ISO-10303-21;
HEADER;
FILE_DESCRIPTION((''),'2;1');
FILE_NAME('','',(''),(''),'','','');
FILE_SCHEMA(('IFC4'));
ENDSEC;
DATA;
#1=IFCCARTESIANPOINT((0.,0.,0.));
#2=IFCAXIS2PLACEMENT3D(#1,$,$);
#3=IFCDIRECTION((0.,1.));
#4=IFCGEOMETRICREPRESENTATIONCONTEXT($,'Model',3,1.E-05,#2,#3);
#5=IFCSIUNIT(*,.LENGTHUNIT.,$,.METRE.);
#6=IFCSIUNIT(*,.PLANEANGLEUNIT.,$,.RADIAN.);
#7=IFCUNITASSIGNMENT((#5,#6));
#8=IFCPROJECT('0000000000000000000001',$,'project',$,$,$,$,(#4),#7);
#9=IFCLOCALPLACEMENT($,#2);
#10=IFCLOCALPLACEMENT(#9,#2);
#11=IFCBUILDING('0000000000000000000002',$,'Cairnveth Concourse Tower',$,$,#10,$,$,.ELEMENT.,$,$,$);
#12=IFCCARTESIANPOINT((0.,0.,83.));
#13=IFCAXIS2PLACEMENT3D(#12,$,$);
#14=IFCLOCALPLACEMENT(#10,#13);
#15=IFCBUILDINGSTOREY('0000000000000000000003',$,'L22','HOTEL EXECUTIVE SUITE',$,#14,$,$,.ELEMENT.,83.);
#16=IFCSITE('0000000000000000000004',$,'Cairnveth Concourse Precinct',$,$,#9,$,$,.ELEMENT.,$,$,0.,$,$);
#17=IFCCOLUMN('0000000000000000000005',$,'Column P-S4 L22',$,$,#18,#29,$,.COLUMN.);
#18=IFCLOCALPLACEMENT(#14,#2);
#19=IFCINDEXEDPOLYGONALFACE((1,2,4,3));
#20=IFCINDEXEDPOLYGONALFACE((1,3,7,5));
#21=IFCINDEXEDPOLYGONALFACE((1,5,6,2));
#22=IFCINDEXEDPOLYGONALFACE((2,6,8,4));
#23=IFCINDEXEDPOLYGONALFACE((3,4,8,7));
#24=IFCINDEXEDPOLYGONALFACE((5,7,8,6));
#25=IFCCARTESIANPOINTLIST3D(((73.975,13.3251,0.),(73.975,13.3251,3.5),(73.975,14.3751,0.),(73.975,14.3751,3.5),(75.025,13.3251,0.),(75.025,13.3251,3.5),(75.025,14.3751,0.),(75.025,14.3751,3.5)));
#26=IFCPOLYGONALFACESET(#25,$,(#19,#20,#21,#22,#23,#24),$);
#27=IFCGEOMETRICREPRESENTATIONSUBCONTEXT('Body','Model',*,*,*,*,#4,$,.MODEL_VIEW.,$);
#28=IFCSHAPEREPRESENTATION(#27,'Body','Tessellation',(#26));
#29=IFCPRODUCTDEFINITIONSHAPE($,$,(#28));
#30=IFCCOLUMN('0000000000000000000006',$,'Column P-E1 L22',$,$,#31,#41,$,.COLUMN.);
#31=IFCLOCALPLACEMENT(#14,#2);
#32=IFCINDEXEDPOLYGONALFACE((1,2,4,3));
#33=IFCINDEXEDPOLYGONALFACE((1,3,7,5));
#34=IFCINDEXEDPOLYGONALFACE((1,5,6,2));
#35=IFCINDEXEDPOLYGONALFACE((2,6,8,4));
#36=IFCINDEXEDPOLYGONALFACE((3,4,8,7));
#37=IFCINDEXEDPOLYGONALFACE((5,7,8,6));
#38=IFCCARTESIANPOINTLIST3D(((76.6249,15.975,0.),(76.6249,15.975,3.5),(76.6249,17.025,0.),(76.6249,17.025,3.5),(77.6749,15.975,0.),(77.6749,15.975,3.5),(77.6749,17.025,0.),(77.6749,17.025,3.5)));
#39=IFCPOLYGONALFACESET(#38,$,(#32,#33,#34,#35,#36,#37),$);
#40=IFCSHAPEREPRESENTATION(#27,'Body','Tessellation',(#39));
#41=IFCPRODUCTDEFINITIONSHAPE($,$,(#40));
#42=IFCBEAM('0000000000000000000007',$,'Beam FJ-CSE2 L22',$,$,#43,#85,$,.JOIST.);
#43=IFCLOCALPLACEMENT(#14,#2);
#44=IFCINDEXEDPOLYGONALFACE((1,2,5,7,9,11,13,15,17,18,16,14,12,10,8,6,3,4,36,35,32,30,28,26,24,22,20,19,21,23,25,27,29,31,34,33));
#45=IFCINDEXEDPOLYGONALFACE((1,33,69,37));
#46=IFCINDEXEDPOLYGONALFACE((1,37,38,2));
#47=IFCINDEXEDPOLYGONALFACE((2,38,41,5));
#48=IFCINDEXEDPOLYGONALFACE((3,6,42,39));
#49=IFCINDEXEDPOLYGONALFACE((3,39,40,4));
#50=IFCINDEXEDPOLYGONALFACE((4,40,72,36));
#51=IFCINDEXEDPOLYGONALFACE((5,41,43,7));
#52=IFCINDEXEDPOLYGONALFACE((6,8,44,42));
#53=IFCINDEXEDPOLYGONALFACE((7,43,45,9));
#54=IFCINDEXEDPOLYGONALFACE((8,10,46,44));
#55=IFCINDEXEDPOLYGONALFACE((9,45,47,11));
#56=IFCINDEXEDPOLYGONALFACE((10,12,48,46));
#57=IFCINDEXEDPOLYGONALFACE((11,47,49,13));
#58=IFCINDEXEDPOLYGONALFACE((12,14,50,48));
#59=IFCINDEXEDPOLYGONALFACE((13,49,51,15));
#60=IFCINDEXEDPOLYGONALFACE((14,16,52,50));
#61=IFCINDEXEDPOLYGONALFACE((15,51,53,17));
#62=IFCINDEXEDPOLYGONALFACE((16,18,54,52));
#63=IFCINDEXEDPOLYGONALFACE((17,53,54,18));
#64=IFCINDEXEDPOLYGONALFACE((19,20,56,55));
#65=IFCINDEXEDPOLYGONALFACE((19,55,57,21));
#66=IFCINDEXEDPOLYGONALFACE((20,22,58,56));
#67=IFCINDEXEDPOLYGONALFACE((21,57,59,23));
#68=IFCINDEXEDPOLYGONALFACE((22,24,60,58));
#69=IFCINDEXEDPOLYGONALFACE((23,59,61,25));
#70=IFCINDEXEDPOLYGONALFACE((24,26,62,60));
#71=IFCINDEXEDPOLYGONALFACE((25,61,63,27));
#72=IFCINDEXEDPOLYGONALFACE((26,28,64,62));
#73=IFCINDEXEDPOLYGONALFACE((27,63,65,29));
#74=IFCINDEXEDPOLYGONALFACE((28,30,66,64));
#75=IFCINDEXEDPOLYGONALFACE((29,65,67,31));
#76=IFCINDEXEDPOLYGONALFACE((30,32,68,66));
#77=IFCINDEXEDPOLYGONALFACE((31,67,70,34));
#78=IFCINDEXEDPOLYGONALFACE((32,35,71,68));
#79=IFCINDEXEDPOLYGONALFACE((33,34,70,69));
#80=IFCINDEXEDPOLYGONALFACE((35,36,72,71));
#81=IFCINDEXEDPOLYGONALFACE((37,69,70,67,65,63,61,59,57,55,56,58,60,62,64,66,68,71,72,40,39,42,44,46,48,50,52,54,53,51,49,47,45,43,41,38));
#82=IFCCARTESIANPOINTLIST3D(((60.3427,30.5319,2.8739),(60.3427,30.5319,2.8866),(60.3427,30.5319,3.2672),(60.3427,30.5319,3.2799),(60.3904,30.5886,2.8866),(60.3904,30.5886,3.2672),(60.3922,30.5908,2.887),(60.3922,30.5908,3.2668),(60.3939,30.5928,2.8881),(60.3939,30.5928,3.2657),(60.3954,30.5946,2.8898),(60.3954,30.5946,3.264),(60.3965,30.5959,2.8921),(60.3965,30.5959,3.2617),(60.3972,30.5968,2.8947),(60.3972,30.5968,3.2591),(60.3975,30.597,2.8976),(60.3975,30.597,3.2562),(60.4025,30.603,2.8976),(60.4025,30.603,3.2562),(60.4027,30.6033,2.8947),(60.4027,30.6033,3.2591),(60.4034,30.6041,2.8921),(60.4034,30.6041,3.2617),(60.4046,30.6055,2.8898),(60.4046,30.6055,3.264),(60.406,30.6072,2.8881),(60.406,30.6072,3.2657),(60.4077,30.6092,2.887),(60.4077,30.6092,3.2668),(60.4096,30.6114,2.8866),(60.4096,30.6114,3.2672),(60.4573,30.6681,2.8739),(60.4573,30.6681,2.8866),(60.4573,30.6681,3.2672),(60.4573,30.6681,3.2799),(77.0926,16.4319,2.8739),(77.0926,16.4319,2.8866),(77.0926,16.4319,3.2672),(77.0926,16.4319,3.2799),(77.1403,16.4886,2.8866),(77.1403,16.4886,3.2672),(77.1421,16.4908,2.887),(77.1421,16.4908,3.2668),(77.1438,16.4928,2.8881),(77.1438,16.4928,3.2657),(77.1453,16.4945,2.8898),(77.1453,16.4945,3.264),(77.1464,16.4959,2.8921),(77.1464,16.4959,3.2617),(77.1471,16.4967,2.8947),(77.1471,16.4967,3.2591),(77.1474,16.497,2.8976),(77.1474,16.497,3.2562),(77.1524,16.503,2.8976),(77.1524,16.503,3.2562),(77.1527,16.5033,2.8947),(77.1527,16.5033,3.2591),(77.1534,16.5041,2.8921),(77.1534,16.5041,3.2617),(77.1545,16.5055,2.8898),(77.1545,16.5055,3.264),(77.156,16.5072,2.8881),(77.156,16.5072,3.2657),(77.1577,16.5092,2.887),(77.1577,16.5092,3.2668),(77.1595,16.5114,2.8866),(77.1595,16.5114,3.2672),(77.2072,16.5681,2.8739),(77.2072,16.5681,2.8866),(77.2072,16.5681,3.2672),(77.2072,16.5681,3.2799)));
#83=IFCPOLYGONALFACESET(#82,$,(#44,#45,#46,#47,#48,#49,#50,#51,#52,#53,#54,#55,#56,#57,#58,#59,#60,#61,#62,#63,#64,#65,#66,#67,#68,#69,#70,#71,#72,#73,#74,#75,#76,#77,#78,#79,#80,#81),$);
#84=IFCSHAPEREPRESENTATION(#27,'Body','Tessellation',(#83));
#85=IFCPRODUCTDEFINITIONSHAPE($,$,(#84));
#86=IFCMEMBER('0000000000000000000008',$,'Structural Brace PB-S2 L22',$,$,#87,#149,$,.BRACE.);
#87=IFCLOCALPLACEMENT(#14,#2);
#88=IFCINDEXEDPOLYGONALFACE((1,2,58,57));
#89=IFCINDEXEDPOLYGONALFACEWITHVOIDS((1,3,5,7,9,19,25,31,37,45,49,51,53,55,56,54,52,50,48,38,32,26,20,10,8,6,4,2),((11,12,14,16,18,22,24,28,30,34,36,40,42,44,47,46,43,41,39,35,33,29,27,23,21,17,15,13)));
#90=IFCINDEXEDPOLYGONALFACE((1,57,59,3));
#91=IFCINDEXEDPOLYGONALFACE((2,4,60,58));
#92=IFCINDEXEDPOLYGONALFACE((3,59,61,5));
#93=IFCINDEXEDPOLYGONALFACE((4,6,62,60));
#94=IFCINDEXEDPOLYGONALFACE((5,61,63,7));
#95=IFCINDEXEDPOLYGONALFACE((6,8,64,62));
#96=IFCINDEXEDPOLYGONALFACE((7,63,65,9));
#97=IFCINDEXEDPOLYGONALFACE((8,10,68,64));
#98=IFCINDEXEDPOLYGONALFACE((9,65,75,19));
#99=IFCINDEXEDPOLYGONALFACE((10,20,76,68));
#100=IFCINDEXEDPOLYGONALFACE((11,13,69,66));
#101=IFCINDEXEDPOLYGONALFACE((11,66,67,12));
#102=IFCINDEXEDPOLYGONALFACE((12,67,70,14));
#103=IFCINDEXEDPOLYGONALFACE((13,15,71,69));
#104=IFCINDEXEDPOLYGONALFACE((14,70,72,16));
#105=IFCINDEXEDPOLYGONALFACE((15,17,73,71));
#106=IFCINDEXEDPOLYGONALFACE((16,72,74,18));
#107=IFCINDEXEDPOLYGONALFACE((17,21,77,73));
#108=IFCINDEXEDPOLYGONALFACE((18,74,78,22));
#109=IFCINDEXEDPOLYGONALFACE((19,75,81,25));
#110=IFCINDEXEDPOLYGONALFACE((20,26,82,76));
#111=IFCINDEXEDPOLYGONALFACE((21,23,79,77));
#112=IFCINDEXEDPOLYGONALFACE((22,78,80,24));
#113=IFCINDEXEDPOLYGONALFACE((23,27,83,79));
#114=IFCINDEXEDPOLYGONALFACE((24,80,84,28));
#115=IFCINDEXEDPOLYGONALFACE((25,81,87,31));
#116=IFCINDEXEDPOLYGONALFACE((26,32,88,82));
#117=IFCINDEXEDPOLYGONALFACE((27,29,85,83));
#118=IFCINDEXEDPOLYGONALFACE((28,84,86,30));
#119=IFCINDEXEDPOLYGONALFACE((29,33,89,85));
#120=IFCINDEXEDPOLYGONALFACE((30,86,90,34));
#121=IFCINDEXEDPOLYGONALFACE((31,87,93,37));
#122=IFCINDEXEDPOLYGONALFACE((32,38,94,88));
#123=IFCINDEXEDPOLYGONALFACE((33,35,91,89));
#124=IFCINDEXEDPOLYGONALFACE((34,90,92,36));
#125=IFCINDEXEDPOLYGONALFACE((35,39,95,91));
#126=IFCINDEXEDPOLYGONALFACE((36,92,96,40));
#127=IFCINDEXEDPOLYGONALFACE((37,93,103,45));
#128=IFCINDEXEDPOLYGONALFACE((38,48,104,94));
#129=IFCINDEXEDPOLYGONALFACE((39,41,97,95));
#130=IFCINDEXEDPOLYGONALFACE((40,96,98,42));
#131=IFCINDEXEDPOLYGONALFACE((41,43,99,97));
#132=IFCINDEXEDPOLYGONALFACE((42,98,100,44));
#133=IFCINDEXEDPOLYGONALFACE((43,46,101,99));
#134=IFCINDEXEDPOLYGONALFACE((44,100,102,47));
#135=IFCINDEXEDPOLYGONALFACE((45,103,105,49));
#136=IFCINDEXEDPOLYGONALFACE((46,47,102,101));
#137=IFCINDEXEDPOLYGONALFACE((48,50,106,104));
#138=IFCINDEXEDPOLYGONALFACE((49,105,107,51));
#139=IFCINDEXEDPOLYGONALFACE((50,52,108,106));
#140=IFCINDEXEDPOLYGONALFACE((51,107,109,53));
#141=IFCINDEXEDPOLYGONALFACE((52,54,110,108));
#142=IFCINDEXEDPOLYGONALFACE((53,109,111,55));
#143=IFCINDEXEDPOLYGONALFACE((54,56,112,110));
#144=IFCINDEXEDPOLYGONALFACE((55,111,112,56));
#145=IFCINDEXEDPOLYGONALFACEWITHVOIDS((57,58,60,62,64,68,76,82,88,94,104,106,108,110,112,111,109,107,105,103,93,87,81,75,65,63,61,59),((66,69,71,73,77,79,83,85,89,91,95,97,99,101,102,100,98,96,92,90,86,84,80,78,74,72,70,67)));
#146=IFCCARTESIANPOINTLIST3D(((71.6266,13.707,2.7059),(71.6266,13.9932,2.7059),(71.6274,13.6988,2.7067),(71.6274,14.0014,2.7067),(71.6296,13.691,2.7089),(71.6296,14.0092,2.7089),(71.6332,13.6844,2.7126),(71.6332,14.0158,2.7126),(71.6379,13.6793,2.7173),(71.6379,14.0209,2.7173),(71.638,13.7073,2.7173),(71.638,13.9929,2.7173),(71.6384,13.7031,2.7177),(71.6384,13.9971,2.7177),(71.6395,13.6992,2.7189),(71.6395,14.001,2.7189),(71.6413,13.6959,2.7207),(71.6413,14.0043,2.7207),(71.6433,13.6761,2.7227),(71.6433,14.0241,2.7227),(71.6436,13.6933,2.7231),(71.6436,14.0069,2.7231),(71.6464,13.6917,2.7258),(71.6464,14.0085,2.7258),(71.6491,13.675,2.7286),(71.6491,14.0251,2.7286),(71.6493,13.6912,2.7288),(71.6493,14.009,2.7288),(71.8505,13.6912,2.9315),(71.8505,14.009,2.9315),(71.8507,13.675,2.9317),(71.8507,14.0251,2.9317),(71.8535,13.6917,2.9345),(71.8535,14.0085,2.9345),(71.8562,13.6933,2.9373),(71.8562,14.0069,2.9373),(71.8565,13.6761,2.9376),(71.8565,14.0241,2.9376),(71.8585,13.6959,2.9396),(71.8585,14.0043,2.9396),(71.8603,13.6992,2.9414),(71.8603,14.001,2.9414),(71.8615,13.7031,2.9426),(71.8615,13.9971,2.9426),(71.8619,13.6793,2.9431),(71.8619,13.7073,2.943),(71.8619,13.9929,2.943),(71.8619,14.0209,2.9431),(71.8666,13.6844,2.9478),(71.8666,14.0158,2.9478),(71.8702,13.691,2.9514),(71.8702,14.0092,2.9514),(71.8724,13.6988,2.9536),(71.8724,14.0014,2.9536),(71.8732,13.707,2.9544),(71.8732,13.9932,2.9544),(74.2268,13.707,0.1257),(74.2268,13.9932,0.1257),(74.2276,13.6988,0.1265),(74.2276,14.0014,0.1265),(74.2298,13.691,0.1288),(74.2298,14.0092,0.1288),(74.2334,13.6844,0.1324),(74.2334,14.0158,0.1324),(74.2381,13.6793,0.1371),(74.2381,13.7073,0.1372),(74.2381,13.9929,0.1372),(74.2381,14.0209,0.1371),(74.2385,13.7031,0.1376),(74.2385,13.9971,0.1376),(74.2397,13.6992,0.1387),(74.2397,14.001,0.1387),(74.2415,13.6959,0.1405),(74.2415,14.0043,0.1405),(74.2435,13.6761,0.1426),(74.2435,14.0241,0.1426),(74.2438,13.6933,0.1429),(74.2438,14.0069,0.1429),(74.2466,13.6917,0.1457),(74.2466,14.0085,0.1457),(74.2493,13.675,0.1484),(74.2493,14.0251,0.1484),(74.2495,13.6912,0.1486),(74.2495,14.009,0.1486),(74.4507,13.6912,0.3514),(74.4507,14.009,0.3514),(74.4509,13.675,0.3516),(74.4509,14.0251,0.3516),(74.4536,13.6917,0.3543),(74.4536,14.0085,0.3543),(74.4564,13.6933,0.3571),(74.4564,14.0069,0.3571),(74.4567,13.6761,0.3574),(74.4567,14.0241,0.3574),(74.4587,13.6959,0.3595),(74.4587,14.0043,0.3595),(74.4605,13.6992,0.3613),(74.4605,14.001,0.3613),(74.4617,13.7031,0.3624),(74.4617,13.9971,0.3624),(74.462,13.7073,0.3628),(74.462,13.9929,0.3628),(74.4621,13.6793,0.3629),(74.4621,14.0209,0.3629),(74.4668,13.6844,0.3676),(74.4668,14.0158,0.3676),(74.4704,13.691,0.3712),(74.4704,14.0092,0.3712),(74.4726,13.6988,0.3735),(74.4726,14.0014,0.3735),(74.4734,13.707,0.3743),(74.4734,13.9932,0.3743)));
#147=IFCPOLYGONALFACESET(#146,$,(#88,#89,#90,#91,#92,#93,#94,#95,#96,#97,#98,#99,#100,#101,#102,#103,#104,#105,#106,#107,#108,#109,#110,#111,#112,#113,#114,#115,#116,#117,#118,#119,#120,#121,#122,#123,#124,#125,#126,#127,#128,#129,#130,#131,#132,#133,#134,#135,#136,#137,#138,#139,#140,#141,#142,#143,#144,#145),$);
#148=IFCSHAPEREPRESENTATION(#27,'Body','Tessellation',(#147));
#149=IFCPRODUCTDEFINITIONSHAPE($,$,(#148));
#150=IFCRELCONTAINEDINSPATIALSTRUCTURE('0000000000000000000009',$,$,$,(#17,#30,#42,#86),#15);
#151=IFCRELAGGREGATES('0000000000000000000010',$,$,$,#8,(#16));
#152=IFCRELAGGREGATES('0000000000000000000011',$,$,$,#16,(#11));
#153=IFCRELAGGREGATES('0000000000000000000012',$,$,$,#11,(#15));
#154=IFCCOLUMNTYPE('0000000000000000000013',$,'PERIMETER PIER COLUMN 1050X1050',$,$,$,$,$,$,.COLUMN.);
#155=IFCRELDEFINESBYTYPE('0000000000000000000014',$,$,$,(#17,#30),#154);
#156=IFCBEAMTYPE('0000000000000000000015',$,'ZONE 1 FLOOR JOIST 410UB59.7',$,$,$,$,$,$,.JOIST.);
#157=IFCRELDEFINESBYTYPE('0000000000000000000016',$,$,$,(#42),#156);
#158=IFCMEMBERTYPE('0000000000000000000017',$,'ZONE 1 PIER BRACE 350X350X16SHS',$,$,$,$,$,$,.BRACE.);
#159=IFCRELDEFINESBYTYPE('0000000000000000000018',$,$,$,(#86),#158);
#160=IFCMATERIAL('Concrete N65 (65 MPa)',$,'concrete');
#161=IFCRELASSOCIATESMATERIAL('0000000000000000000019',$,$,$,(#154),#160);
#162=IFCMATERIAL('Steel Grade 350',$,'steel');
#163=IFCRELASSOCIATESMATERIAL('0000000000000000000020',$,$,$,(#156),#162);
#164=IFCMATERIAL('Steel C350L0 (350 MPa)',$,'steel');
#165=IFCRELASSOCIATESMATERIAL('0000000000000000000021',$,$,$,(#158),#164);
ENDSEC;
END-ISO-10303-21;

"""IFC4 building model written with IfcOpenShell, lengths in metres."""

from ifc_helpers import new_model, si_unit, direction, frame, origin, origin_2d, place, context, subcontext, project, spatial, rectangle, hollow_rectangle, i_section, extrude, material, material_profile, profile_set, type_object, element, save


model = new_model("IFC4")

# Units and contexts
model_context = context("Model", 3, precision=1e-05, world=origin(), true_north=direction((0.0, 1.0)))
body_context = subcontext(model_context, "Body", "Model", "MODEL_VIEW")
ifc_project = project(units=[si_unit("LENGTHUNIT", "METRE"), si_unit("PLANEANGLEUNIT", "RADIAN")], contexts=[model_context])

# Site, building, storey
site_placement = place(None, origin())
site = spatial("IfcSite", under=ifc_project, at=site_placement, Name="Cairnveth Concourse Precinct", CompositionType="ELEMENT", RefElevation=0.0)
building_placement = place(site_placement, origin())
building = spatial("IfcBuilding", under=site, at=building_placement, Name="Cairnveth Concourse Tower", CompositionType="ELEMENT")
storey_placement = place(building_placement, frame((0.0, 0.0, 83.0)))
storey = spatial("IfcBuildingStorey", under=building, at=storey_placement, Name="L22", Description="HOTEL EXECUTIVE SUITE", CompositionType="ELEMENT", Elevation=83.0)

# Columns
ifc_material_1 = material(Name="Concrete N65 (65 MPa)", Category="concrete")
ifc_material_profile_1 = material_profile(ifc_material_1, rectangle(XDim=1.05, YDim=1.05, at=origin_2d()), Name="RC-COL-1050x1050")
ifc_profile_set_1 = profile_set([ifc_material_profile_1], Name="Concrete N65 (65 MPa)")
column_type = type_object("IfcColumnType", Name="PERIMETER PIER COLUMN 1050X1050", PredefinedType="COLUMN", material=ifc_profile_set_1)
for number, where, z_axis, x_axis, name in (
    (1, (74.5, 13.8501, 0.0), (0.0, 0.0, 1.0), (1.0, 0.0, 0.0), "Column P-S4 L22"),
    (2, (77.1499, 16.5, 0.0), (0.0, 0.0, 1.0), (0.0, 1.0, 0.0), "Column P-E1 L22"),
):
    element("IfcColumn", number, at=place(storey_placement, frame(where, z_axis=z_axis, x_axis=x_axis)), inside=storey, type_object=column_type, Name=name, PredefinedType="COLUMN", context=body_context, shape_type="SweptSolid", body=[
        extrude(rectangle(XDim=1.05, YDim=1.05, at=origin_2d()), origin(), (0.0, 0.0, 1.0), 3.5),
    ])

# Beam
ifc_material_2 = material(Name="Steel Grade 350", Category="steel")
ifc_material_profile_2 = material_profile(ifc_material_2, i_section(OverallWidth=0.178, OverallDepth=0.406, WebThickness=0.0078, FlangeThickness=0.0127, FilletRadius=0.011, at=origin_2d()), Name="410UB59.7")
ifc_profile_set_2 = profile_set([ifc_material_profile_2], Name="Steel Grade 350")
beam_type_1 = type_object("IfcBeamType", Name="ZONE 1 FLOOR JOIST 410UB59.7", PredefinedType="JOIST", material=ifc_profile_set_2)
beam_1_placement = place(storey_placement, frame((77.1499, 16.5, 3.0769), z_axis=(-0.765027, 0.643998, 0.0), x_axis=(-0.643998, -0.765027, 0.0)))
element("IfcBeam", 3, at=beam_1_placement, inside=storey, type_object=beam_type_1, Name="Beam FJ-CSE2 L22", PredefinedType="JOIST", context=body_context, shape_type="SweptSolid", body=[
    extrude(i_section(OverallWidth=0.178, OverallDepth=0.406, WebThickness=0.0078, FlangeThickness=0.0127, FilletRadius=0.011, at=origin_2d()), origin(), (0.0, 0.0, 1.0), 21.8945),
])

# Member
ifc_material_3 = material(Name="Steel C350L0 (350 MPa)", Category="steel")
ifc_material_profile_3 = material_profile(ifc_material_3, hollow_rectangle(XDim=0.3501, YDim=0.3501, WallThickness=0.0161, InnerFilletRadius=0.0161, OuterFilletRadius=0.032, at=origin_2d()), Name="350x350x16.0SHS")
ifc_profile_set_3 = profile_set([ifc_material_profile_3], Name="Steel C350L0 (350 MPa)")
member_type = type_object("IfcMemberType", Name="ZONE 1 PIER BRACE 350X350X16SHS", PredefinedType="BRACE", material=ifc_profile_set_3)
for number, where, z_axis, x_axis, name in (
    (4, (74.3501, 13.8501, 0.25), (-0.709834, 0.0, 0.704369), (0.0, -1.0, 0.0), "Structural Brace PB-S2 L22"),
):
    element("IfcMember", number, at=place(storey_placement, frame(where, z_axis=z_axis, x_axis=x_axis)), inside=storey, type_object=member_type, Name=name, PredefinedType="BRACE", context=body_context, shape_type="SweptSolid", body=[
        extrude(hollow_rectangle(XDim=0.3501, YDim=0.3501, WallThickness=0.0161, InnerFilletRadius=0.0161, OuterFilletRadius=0.032, at=origin_2d()), origin(), (0.0, 0.0, 1.0), 3.6631),
    ])

save(model, "model.ifc")
